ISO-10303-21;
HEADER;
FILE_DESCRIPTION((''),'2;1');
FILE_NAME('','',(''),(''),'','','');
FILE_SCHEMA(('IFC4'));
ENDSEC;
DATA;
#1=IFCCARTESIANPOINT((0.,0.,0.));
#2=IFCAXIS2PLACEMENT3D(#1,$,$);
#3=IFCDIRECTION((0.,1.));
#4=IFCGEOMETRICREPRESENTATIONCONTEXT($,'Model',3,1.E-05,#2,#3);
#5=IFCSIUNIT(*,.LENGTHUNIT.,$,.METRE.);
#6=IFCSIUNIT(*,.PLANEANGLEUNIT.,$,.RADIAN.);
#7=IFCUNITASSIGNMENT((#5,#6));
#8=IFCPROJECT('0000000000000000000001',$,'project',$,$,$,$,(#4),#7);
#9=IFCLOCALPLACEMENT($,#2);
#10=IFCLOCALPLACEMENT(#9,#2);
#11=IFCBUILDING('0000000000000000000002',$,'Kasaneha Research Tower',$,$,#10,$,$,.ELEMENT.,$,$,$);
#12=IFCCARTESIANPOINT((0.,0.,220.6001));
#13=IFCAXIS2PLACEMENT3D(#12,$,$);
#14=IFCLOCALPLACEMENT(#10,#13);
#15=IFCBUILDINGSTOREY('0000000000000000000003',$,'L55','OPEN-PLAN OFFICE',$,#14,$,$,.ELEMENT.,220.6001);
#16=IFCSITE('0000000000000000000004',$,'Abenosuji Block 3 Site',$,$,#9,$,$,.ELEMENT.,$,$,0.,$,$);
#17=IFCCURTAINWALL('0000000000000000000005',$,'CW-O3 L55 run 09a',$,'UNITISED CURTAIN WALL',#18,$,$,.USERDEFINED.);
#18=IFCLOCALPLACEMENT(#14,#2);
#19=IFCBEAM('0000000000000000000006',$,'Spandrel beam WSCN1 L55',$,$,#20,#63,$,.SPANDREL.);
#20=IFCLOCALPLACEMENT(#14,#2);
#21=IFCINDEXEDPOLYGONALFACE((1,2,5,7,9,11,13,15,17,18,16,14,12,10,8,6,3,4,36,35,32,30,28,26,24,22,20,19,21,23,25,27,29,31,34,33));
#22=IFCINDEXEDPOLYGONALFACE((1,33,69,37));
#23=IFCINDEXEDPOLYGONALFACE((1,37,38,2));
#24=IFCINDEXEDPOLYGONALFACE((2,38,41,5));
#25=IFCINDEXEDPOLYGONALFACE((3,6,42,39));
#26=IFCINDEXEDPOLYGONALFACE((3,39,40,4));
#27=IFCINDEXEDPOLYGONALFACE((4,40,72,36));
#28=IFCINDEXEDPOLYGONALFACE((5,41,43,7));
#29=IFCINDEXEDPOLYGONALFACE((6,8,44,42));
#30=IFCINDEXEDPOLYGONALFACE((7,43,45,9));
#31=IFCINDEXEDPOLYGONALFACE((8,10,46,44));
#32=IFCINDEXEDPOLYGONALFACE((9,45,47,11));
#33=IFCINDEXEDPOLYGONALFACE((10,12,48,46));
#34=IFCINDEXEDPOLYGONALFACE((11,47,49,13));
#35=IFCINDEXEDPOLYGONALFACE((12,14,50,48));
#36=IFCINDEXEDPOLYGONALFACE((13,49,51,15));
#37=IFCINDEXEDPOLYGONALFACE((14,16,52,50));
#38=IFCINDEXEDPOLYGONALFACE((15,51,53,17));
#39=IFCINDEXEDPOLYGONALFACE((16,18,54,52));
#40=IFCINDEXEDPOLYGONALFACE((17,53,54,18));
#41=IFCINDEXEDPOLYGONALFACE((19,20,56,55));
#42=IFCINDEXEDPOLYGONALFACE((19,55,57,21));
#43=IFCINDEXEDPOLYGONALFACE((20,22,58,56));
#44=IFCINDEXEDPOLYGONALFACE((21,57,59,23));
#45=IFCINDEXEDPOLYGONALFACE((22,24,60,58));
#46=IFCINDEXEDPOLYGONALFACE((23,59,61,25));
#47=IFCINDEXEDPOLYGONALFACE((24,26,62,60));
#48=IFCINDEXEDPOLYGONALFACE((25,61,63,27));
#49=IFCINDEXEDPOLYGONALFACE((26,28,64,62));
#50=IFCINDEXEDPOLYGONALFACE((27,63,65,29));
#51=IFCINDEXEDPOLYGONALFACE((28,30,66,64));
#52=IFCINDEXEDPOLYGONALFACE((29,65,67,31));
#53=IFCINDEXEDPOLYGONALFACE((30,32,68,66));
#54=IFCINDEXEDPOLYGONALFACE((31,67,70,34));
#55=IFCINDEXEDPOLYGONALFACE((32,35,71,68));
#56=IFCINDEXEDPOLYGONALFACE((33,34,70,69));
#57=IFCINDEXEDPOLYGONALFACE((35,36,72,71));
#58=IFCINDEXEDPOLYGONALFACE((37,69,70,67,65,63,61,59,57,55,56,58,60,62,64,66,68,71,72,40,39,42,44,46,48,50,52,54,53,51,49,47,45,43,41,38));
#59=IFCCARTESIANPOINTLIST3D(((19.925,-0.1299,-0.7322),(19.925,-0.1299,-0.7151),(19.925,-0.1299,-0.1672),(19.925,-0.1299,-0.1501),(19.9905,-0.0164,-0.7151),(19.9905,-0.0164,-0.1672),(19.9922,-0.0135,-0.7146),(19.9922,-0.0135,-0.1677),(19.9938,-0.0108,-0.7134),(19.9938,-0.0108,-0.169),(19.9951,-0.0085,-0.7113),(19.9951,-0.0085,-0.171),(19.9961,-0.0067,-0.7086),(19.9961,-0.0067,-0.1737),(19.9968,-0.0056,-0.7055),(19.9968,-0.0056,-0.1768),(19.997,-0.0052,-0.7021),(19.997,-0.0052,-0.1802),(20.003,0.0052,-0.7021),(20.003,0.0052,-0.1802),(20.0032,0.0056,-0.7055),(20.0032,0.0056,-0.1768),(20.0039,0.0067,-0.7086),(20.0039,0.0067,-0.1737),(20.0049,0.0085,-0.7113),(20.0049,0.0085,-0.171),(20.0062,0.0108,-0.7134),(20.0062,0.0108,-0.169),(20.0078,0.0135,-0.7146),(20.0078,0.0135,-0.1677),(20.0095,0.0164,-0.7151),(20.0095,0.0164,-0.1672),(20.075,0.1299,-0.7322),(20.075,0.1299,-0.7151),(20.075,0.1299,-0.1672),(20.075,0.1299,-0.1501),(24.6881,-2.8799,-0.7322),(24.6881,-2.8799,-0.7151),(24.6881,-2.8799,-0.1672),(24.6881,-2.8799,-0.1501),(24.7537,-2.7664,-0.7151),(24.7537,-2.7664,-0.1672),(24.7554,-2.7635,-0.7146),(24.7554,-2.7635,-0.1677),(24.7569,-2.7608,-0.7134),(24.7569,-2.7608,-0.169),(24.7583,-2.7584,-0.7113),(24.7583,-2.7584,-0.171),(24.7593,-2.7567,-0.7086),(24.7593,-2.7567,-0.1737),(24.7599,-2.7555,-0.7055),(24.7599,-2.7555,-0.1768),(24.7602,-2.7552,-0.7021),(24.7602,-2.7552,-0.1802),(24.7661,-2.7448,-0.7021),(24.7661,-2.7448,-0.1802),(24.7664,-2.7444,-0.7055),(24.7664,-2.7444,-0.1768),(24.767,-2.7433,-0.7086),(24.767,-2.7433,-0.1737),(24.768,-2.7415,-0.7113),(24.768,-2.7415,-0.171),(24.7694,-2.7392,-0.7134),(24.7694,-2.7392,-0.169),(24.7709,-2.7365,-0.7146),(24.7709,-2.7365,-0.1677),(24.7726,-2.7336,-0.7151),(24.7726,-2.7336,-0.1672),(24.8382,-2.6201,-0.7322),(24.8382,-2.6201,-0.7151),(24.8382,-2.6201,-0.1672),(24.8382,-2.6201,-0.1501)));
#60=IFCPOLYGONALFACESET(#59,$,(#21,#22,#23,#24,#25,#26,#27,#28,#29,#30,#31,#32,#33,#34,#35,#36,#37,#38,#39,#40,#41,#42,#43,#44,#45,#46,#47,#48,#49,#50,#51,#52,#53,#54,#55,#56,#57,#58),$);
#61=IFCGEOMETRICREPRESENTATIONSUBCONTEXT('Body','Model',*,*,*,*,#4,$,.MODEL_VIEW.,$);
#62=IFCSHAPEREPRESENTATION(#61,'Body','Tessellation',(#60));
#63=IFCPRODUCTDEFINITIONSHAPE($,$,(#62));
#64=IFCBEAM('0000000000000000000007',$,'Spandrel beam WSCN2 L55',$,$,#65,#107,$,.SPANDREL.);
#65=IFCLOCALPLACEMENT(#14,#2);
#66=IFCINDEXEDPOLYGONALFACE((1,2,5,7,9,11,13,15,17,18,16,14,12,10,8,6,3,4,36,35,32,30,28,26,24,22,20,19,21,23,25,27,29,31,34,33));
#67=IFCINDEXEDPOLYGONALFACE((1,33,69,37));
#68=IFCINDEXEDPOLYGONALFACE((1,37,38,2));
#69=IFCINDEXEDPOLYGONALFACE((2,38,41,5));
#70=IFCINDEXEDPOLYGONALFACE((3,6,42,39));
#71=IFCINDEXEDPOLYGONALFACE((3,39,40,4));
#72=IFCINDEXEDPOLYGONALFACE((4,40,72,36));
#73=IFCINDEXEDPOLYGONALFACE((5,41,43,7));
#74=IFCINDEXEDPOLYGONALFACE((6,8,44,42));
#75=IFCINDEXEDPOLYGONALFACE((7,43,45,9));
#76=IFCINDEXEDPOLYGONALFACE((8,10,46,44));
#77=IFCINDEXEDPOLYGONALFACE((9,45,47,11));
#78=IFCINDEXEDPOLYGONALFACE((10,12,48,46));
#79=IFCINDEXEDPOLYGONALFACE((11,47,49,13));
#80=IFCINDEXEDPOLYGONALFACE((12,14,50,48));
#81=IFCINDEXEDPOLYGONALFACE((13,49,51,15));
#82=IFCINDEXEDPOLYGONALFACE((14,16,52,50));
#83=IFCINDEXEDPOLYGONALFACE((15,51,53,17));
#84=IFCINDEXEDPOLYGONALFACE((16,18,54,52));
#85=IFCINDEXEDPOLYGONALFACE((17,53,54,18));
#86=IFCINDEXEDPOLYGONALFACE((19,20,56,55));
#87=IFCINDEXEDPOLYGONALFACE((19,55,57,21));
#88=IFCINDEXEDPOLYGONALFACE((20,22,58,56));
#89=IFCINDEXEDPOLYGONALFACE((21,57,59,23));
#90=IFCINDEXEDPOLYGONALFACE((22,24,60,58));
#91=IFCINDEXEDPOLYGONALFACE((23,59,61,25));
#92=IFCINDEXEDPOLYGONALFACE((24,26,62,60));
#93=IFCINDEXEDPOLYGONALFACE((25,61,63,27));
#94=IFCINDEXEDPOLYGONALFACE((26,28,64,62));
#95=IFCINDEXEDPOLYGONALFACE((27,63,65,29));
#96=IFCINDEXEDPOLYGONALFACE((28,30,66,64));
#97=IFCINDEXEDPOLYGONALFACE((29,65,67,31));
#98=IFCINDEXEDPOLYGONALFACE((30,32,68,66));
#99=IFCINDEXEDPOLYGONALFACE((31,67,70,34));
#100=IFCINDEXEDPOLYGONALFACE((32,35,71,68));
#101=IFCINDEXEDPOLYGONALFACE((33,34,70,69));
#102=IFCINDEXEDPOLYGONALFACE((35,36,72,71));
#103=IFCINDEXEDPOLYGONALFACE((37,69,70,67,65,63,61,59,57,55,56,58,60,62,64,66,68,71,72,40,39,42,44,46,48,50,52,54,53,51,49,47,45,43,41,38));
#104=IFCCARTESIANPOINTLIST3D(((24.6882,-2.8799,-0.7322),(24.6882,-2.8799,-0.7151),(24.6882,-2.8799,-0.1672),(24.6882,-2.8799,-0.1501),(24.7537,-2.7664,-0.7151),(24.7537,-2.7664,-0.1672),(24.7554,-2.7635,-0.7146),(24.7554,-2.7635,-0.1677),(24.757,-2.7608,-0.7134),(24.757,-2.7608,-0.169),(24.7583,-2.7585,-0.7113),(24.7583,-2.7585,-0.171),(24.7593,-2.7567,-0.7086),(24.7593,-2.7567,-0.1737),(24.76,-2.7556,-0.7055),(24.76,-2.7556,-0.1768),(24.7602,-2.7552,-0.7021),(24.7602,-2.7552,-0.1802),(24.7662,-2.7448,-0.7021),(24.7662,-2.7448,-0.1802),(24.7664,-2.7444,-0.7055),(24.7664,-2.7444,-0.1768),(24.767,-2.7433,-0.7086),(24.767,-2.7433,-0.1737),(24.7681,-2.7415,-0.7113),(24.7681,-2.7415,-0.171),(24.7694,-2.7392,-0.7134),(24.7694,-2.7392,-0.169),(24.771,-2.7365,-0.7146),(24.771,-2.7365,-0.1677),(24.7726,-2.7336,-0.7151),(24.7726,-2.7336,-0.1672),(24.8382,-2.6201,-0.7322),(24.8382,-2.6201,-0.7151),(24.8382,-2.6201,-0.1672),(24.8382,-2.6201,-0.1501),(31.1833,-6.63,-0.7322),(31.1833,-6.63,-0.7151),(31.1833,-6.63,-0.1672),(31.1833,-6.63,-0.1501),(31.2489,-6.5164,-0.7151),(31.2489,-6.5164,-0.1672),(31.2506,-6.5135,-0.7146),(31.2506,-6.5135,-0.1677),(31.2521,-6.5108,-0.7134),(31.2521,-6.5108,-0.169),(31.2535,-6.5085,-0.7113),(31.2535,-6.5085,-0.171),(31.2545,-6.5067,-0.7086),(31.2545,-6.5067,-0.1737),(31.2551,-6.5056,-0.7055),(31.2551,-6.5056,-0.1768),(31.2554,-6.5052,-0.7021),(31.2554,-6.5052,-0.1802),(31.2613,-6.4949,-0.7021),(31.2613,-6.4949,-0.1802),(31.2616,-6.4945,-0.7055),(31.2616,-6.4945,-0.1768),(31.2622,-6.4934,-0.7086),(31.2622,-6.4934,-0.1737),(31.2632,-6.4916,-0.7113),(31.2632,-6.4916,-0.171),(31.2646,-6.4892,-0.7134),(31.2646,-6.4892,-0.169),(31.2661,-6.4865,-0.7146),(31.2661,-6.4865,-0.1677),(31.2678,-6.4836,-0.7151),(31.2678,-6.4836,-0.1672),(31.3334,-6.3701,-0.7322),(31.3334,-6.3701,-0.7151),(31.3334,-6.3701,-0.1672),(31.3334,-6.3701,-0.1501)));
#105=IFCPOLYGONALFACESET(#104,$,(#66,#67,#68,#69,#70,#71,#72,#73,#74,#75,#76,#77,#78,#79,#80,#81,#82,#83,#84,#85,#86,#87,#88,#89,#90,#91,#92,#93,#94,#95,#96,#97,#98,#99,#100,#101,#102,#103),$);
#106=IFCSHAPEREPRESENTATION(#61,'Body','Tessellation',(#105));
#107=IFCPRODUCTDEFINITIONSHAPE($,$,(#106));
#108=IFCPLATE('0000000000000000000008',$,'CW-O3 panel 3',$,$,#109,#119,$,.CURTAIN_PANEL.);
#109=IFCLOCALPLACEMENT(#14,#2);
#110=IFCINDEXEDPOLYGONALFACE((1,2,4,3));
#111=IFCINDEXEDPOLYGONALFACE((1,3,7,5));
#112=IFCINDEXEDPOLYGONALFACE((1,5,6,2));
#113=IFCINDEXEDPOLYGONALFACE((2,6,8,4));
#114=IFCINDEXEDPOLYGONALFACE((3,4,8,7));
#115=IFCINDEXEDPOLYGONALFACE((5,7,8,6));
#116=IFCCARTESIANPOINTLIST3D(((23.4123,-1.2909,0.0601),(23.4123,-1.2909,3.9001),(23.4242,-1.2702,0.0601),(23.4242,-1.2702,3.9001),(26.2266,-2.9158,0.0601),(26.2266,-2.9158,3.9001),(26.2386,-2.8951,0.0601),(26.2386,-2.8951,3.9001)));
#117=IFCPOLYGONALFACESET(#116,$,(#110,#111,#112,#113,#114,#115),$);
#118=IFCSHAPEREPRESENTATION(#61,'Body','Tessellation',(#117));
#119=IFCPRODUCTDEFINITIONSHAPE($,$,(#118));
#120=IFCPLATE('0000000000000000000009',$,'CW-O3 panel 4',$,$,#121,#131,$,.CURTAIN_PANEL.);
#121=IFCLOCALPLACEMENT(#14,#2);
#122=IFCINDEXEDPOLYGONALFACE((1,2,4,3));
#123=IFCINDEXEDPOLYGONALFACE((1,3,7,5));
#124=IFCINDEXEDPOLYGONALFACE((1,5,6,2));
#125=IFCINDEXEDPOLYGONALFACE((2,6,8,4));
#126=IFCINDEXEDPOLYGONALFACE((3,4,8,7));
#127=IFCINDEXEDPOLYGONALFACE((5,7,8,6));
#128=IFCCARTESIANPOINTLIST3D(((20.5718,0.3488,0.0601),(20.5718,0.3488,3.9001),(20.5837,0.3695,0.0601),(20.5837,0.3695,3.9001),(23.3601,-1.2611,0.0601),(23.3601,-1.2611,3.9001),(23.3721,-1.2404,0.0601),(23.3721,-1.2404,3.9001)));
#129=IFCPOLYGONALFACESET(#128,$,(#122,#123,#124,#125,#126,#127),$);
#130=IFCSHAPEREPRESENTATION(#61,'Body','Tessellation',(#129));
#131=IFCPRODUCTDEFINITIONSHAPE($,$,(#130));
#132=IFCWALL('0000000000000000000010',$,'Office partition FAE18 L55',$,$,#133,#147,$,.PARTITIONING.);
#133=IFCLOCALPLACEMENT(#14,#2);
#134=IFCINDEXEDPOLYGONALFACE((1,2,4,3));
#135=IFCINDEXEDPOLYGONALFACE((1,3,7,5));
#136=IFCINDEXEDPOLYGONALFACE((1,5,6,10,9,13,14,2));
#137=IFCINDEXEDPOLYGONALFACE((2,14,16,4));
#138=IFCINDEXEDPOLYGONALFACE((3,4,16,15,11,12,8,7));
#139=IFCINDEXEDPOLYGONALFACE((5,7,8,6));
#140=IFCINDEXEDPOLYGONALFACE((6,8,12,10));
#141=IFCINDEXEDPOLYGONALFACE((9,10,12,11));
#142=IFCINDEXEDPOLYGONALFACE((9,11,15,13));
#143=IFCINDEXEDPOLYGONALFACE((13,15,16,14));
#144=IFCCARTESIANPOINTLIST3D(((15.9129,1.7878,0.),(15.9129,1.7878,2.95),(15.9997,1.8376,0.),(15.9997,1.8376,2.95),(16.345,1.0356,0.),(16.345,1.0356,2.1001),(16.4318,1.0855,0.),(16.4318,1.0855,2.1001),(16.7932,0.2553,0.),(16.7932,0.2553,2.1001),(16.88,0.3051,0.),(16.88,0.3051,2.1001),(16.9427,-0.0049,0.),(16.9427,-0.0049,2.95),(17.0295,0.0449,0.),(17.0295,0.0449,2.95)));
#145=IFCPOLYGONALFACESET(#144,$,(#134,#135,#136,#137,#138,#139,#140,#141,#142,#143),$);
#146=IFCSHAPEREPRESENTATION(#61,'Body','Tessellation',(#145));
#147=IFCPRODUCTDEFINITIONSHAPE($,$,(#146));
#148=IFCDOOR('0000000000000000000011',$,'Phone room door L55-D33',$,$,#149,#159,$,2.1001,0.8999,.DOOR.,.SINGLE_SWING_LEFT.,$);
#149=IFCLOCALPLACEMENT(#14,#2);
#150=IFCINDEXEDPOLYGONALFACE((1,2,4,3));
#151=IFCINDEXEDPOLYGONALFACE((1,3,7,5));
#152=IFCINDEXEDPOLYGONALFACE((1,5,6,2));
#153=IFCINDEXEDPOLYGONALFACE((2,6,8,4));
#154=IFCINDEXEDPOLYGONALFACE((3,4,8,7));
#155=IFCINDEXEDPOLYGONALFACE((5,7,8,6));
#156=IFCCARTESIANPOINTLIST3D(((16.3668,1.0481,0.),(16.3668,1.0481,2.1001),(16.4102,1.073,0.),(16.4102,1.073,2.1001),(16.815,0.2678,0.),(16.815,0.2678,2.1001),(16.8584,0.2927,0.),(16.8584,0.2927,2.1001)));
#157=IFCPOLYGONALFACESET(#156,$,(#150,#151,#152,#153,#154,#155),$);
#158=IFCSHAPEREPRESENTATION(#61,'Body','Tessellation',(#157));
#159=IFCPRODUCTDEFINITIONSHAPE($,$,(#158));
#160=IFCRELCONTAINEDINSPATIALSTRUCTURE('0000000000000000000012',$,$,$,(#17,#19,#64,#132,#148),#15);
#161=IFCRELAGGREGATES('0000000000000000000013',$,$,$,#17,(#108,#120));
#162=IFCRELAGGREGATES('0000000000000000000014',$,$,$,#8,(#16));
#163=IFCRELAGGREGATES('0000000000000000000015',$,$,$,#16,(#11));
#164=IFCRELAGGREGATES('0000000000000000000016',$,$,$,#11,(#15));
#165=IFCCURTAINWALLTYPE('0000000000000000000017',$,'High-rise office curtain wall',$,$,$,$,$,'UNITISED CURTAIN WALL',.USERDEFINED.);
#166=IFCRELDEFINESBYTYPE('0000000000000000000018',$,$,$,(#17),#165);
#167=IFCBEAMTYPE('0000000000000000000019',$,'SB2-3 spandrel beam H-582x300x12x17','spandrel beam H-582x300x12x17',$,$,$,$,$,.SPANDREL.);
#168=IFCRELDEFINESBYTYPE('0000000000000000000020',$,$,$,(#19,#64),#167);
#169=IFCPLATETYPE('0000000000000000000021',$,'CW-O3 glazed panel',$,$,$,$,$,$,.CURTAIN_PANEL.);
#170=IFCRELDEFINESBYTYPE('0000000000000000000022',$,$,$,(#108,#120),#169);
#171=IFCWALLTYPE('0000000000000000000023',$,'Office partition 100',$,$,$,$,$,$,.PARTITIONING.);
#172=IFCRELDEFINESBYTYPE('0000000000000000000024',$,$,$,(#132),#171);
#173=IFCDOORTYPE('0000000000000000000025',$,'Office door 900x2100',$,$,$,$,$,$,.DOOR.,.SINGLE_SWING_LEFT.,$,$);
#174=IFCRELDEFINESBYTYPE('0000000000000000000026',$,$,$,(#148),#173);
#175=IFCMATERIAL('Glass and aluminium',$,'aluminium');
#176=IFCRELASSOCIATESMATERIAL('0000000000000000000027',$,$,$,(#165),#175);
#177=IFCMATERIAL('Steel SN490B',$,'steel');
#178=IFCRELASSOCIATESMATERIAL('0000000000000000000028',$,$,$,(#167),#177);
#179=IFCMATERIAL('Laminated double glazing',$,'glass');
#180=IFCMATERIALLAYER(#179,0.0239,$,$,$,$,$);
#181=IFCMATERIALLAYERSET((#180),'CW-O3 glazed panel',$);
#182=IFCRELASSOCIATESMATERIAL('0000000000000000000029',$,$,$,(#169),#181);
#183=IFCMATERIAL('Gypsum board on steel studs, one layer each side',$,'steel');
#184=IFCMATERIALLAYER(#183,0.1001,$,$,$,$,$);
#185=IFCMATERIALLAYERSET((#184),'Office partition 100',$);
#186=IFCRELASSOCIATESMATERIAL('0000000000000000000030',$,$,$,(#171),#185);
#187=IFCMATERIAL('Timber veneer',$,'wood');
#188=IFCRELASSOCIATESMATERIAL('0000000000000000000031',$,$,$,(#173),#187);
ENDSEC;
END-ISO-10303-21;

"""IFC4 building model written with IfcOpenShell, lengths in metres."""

from ifc_helpers import new_model, si_unit, direction, frame, frame_2d, origin, origin_2d, place, context, subcontext, project, spatial, rectangle, i_section, extrude, material, layer, layer_set, material_profile, profile_set, type_object, element, fill, aggregate, save


model = new_model("IFC4")

# Units and contexts
model_context = context("Model", 3, precision=1e-05, world=origin(), true_north=direction((0.0, 1.0)))
body_context = subcontext(model_context, "Body", "Model", "MODEL_VIEW")
ifc_project = project(units=[si_unit("LENGTHUNIT", "METRE"), si_unit("PLANEANGLEUNIT", "RADIAN")], contexts=[model_context])

# Site, building, storey
site_placement = place(None, origin())
site = spatial("IfcSite", under=ifc_project, at=site_placement, Name="Abenosuji Block 3 Site", CompositionType="ELEMENT", RefElevation=0.0)
building_placement = place(site_placement, origin())
building = spatial("IfcBuilding", under=site, at=building_placement, Name="Kasaneha Research Tower", CompositionType="ELEMENT")
storey_placement = place(building_placement, frame((0.0, 0.0, 220.6001)))
storey = spatial("IfcBuildingStorey", under=building, at=storey_placement, Name="L55", Description="OPEN-PLAN OFFICE", CompositionType="ELEMENT", Elevation=220.6001)

# Shared definitions
ifc_material_1 = material(Name="Glass and aluminium", Category="aluminium")
curtain_wall_type = type_object("IfcCurtainWallType", Name="High-rise office curtain wall", ElementType="UNITISED CURTAIN WALL", PredefinedType="USERDEFINED", material=ifc_material_1)

# Curtain wall
curtain_wall_1_placement = place(storey_placement, origin())
curtain_wall_1 = element("IfcCurtainWall", 1, at=curtain_wall_1_placement, inside=storey, type_object=curtain_wall_type, Name="CW-O3 L55 run 09a", ObjectType="UNITISED CURTAIN WALL", PredefinedType="USERDEFINED")

# Beams
ifc_material_2 = material(Name="Steel SN490B", Category="steel")
ifc_material_profile_1 = material_profile(ifc_material_2, i_section(OverallWidth=0.3, OverallDepth=0.582, WebThickness=0.012, FlangeThickness=0.0171, FilletRadius=0.0129, at=origin_2d()), Name="H-582x300x12x17")
ifc_profile_set_1 = profile_set([ifc_material_profile_1], Name="Steel SN490B")
beam_type_1 = type_object("IfcBeamType", Name="SB2-3 spandrel beam H-582x300x12x17", Description="spandrel beam H-582x300x12x17", PredefinedType="SPANDREL", material=ifc_profile_set_1)
beam_1_placement = place(storey_placement, frame((20.0, 0.0, -0.4412), z_axis=(0.866027, -0.499997, 0.0), x_axis=(0.499997, 0.866027, 0.0)))
element("IfcBeam", 2, at=beam_1_placement, inside=storey, type_object=beam_type_1, Name="Spandrel beam WSCN1 L55", PredefinedType="SPANDREL", context=body_context, shape_type="SweptSolid", body=[
    extrude(i_section(OverallWidth=0.3, OverallDepth=0.582, WebThickness=0.012, FlangeThickness=0.0171, FilletRadius=0.0129, at=origin_2d()), origin(), (0.0, 0.0, 1.0), 5.5),
])
beam_2_placement = place(storey_placement, frame((24.7632, -2.75, -0.4412), z_axis=(0.866023, -0.500004, 0.0), x_axis=(0.500004, 0.866023, 0.0)))
element("IfcBeam", 3, at=beam_2_placement, inside=storey, type_object=beam_type_1, Name="Spandrel beam WSCN2 L55", PredefinedType="SPANDREL", context=body_context, shape_type="SweptSolid", body=[
    extrude(i_section(OverallWidth=0.3, OverallDepth=0.582, WebThickness=0.012, FlangeThickness=0.0171, FilletRadius=0.0129, at=origin_2d()), origin(), (0.0, 0.0, 1.0), 7.5),
])

# Plates
ifc_material_3 = material(Name="Laminated double glazing", Category="glass")
ifc_layer_1 = layer(ifc_material_3, 0.0239)
ifc_layer_set_1 = layer_set([ifc_layer_1], Name="CW-O3 glazed panel")
plate_type = type_object("IfcPlateType", Name="CW-O3 glazed panel", PredefinedType="CURTAIN_PANEL", material=ifc_layer_set_1)
plate_1_placement = place(storey_placement, frame((24.8254, -2.093, 0.0601), z_axis=(0.0, 0.0, 1.0), x_axis=(-0.866025, 0.5, 0.0)))
plate_1 = element("IfcPlate", 4, at=plate_1_placement, type_object=plate_type, Name="CW-O3 panel 3", PredefinedType="CURTAIN_PANEL", context=body_context, shape_type="SweptSolid", body=[
    extrude(rectangle(XDim=3.2498, YDim=0.0239, at=origin_2d()), origin(), (0.0, 0.0, 1.0), 3.8401),
])
plate_2_placement = place(storey_placement, frame((21.9719, -0.4458, 0.0601), z_axis=(0.0, 0.0, 1.0), x_axis=(-0.866025, 0.5, 0.0)))
plate_2 = element("IfcPlate", 5, at=plate_2_placement, type_object=plate_type, Name="CW-O3 panel 4", PredefinedType="CURTAIN_PANEL", context=body_context, shape_type="SweptSolid", body=[
    extrude(rectangle(XDim=3.2197, YDim=0.0239, at=origin_2d()), origin(), (0.0, 0.0, 1.0), 3.8401),
])
aggregate(curtain_wall_1, [plate_1, plate_2])

# Wall, opening, door
ifc_material_4 = material(Name="Gypsum board on steel studs, one layer each side", Category="steel")
ifc_layer_2 = layer(ifc_material_4, 0.1001)
ifc_layer_set_2 = layer_set([ifc_layer_2], Name="Office partition 100")
wall_type_1 = type_object("IfcWallType", Name="Office partition 100", PredefinedType="PARTITIONING", material=ifc_layer_set_2)
wall_1_placement = place(storey_placement, frame((16.9861, 0.02, 0.0), z_axis=(0.0, 0.0, 1.0), x_axis=(-0.498096, 0.867122, 0.0)))
wall_1 = element("IfcWall", 6, at=wall_1_placement, inside=storey, type_object=wall_type_1, Name="Office partition FAE18 L55", PredefinedType="PARTITIONING", context=body_context, shape_type="SweptSolid", body=[
    extrude(rectangle(XDim=2.0674, YDim=0.1001, at=frame_2d((1.0337, 0.0))), origin(), (0.0, 0.0, 1.0), 2.95),
])
opening_1_placement = place(wall_1_placement, frame((0.3, 0.0, 0.0)))
opening_1 = element("IfcOpeningElement", 7, at=opening_1_placement, cuts=wall_1, PredefinedType="OPENING", context=body_context, shape_type="SweptSolid", body=[
    extrude(rectangle(XDim=0.8999, YDim=2.1001, at=frame_2d((0.45, 1.05))), frame((0.0, 0.0601, 0.0), z_axis=(0.0, -1.0, 0.0), x_axis=(1.0, 0.0, 0.0)), (0.0, 0.0, 1.0), 0.1201),
])
ifc_material_5 = material(Name="Timber veneer", Category="wood")
door_type_1 = type_object("IfcDoorType", Name="Office door 900x2100", OperationType="SINGLE_SWING_LEFT", PredefinedType="DOOR", material=ifc_material_5)
door_1_placement = place(opening_1_placement, origin())
door_1 = element("IfcDoor", 8, at=door_1_placement, inside=storey, type_object=door_type_1, Name="Phone room door L55-D33", OperationType="SINGLE_SWING_LEFT", OverallHeight=2.1001, OverallWidth=0.8999, PredefinedType="DOOR", context=body_context, shape_type="SweptSolid", body=[
    extrude(rectangle(XDim=0.8999, YDim=2.1001, at=frame_2d((0.45, 1.05))), frame((0.0, 0.0249, 0.0), z_axis=(0.0, -1.0, 0.0), x_axis=(1.0, 0.0, 0.0)), (0.0, 0.0, 1.0), 0.05),
])
fill(opening_1, door_1)

save(model, "model.ifc")
